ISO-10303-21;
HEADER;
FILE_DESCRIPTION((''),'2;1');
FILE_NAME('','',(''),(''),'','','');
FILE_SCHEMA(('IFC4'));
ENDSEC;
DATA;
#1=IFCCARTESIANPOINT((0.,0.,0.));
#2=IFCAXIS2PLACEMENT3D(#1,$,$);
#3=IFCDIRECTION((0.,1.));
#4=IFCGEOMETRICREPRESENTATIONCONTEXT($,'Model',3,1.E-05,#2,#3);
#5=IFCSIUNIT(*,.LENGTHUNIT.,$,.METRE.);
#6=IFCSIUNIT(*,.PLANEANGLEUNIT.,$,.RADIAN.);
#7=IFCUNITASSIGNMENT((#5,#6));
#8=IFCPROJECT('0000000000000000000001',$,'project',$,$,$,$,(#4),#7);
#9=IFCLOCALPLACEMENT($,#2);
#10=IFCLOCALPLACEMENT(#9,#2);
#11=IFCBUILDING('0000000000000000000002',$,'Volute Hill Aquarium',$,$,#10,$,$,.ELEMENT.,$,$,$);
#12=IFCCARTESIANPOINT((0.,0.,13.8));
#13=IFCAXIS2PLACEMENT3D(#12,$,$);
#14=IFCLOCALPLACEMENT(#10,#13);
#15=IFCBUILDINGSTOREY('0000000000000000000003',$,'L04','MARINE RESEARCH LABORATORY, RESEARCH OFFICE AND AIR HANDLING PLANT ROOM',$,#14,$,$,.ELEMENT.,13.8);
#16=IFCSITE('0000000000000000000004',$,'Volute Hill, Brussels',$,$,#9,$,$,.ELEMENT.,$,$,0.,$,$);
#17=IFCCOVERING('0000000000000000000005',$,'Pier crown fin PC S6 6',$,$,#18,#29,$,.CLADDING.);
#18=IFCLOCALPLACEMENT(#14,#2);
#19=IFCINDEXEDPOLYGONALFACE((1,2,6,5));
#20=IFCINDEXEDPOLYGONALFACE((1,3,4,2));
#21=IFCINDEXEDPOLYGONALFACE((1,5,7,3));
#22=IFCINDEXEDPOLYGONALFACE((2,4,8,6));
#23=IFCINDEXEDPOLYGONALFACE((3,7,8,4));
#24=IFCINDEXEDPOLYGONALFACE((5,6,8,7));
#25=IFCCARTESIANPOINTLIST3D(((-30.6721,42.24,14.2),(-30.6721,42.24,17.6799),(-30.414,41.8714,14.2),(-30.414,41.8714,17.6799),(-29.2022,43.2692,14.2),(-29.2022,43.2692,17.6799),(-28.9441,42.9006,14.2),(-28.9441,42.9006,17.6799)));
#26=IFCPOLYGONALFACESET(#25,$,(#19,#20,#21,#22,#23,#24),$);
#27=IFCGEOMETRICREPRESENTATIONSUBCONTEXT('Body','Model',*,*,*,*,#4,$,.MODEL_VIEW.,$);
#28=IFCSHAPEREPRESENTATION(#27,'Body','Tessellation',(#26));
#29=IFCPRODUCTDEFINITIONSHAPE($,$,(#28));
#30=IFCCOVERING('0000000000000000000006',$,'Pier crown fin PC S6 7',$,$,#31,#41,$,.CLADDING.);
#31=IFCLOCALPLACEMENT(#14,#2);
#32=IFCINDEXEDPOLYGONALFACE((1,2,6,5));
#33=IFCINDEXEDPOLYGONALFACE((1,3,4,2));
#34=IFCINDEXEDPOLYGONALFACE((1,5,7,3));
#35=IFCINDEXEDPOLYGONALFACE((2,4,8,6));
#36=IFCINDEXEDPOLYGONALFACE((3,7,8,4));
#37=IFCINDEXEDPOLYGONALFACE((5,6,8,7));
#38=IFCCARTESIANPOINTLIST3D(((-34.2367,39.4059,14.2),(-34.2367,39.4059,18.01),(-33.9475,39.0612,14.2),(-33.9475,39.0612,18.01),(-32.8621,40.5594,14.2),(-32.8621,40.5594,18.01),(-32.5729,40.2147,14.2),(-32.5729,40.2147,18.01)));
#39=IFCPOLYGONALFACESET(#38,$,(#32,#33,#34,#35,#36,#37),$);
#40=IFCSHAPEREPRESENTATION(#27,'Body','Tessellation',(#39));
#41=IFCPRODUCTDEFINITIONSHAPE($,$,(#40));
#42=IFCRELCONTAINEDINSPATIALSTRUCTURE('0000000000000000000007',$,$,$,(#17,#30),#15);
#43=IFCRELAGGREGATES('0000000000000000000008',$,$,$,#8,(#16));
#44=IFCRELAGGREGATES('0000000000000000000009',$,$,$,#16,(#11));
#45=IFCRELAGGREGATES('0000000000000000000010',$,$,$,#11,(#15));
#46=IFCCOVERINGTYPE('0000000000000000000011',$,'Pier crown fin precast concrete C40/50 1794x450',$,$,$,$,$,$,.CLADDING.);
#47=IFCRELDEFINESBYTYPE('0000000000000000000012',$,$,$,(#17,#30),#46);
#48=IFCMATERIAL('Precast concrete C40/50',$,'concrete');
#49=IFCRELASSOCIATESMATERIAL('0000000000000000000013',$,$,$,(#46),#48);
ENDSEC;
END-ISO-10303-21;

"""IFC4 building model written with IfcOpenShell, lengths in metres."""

from ifc_helpers import new_model, si_unit, direction, frame, origin, origin_2d, place, context, subcontext, project, spatial, rectangle, extrude, material, type_object, element, save


model = new_model("IFC4")

# Units and contexts
model_context = context("Model", 3, precision=1e-05, world=origin(), true_north=direction((0.0, 1.0)))
body_context = subcontext(model_context, "Body", "Model", "MODEL_VIEW")
ifc_project = project(units=[si_unit("LENGTHUNIT", "METRE"), si_unit("PLANEANGLEUNIT", "RADIAN")], contexts=[model_context])

# Site, building, storey
site_placement = place(None, origin())
site = spatial("IfcSite", under=ifc_project, at=site_placement, Name="Volute Hill, Brussels", CompositionType="ELEMENT", RefElevation=0.0)
building_placement = place(site_placement, origin())
building = spatial("IfcBuilding", under=site, at=building_placement, Name="Volute Hill Aquarium", CompositionType="ELEMENT")
storey_placement = place(building_placement, frame((0.0, 0.0, 13.8)))
storey = spatial("IfcBuildingStorey", under=building, at=storey_placement, Name="L04", Description="MARINE RESEARCH LABORATORY, RESEARCH OFFICE AND AIR HANDLING PLANT ROOM", CompositionType="ELEMENT", Elevation=13.8)

# Coverings
ifc_material_1 = material(Name="Precast concrete C40/50", Category="concrete")
covering_type_1 = type_object("IfcCoveringType", Name="Pier crown fin precast concrete C40/50 1794x450", PredefinedType="CLADDING", material=ifc_material_1)
covering_1_placement = place(storey_placement, frame((-29.8081, 42.5703, 14.2), z_axis=(0.0, 0.0, 1.0), x_axis=(-0.819152, -0.573576, 0.0)))
element("IfcCovering", 1, at=covering_1_placement, inside=storey, type_object=covering_type_1, Name="Pier crown fin PC S6 6", PredefinedType="CLADDING", context=body_context, shape_type="SweptSolid", body=[
    extrude(rectangle(XDim=1.7944, YDim=0.45, at=origin_2d()), origin(), (0.0, 0.0, 1.0), 3.48),
])
covering_2_placement = place(storey_placement, frame((-33.4048, 39.8103, 14.2), z_axis=(0.0, 0.0, 1.0), x_axis=(-0.766044, -0.642788, 0.0)))
element("IfcCovering", 2, at=covering_2_placement, inside=storey, type_object=covering_type_1, Name="Pier crown fin PC S6 7", PredefinedType="CLADDING", context=body_context, shape_type="SweptSolid", body=[
    extrude(rectangle(XDim=1.7944, YDim=0.45, at=origin_2d()), origin(), (0.0, 0.0, 1.0), 3.8101),
])

save(model, "model.ifc")
